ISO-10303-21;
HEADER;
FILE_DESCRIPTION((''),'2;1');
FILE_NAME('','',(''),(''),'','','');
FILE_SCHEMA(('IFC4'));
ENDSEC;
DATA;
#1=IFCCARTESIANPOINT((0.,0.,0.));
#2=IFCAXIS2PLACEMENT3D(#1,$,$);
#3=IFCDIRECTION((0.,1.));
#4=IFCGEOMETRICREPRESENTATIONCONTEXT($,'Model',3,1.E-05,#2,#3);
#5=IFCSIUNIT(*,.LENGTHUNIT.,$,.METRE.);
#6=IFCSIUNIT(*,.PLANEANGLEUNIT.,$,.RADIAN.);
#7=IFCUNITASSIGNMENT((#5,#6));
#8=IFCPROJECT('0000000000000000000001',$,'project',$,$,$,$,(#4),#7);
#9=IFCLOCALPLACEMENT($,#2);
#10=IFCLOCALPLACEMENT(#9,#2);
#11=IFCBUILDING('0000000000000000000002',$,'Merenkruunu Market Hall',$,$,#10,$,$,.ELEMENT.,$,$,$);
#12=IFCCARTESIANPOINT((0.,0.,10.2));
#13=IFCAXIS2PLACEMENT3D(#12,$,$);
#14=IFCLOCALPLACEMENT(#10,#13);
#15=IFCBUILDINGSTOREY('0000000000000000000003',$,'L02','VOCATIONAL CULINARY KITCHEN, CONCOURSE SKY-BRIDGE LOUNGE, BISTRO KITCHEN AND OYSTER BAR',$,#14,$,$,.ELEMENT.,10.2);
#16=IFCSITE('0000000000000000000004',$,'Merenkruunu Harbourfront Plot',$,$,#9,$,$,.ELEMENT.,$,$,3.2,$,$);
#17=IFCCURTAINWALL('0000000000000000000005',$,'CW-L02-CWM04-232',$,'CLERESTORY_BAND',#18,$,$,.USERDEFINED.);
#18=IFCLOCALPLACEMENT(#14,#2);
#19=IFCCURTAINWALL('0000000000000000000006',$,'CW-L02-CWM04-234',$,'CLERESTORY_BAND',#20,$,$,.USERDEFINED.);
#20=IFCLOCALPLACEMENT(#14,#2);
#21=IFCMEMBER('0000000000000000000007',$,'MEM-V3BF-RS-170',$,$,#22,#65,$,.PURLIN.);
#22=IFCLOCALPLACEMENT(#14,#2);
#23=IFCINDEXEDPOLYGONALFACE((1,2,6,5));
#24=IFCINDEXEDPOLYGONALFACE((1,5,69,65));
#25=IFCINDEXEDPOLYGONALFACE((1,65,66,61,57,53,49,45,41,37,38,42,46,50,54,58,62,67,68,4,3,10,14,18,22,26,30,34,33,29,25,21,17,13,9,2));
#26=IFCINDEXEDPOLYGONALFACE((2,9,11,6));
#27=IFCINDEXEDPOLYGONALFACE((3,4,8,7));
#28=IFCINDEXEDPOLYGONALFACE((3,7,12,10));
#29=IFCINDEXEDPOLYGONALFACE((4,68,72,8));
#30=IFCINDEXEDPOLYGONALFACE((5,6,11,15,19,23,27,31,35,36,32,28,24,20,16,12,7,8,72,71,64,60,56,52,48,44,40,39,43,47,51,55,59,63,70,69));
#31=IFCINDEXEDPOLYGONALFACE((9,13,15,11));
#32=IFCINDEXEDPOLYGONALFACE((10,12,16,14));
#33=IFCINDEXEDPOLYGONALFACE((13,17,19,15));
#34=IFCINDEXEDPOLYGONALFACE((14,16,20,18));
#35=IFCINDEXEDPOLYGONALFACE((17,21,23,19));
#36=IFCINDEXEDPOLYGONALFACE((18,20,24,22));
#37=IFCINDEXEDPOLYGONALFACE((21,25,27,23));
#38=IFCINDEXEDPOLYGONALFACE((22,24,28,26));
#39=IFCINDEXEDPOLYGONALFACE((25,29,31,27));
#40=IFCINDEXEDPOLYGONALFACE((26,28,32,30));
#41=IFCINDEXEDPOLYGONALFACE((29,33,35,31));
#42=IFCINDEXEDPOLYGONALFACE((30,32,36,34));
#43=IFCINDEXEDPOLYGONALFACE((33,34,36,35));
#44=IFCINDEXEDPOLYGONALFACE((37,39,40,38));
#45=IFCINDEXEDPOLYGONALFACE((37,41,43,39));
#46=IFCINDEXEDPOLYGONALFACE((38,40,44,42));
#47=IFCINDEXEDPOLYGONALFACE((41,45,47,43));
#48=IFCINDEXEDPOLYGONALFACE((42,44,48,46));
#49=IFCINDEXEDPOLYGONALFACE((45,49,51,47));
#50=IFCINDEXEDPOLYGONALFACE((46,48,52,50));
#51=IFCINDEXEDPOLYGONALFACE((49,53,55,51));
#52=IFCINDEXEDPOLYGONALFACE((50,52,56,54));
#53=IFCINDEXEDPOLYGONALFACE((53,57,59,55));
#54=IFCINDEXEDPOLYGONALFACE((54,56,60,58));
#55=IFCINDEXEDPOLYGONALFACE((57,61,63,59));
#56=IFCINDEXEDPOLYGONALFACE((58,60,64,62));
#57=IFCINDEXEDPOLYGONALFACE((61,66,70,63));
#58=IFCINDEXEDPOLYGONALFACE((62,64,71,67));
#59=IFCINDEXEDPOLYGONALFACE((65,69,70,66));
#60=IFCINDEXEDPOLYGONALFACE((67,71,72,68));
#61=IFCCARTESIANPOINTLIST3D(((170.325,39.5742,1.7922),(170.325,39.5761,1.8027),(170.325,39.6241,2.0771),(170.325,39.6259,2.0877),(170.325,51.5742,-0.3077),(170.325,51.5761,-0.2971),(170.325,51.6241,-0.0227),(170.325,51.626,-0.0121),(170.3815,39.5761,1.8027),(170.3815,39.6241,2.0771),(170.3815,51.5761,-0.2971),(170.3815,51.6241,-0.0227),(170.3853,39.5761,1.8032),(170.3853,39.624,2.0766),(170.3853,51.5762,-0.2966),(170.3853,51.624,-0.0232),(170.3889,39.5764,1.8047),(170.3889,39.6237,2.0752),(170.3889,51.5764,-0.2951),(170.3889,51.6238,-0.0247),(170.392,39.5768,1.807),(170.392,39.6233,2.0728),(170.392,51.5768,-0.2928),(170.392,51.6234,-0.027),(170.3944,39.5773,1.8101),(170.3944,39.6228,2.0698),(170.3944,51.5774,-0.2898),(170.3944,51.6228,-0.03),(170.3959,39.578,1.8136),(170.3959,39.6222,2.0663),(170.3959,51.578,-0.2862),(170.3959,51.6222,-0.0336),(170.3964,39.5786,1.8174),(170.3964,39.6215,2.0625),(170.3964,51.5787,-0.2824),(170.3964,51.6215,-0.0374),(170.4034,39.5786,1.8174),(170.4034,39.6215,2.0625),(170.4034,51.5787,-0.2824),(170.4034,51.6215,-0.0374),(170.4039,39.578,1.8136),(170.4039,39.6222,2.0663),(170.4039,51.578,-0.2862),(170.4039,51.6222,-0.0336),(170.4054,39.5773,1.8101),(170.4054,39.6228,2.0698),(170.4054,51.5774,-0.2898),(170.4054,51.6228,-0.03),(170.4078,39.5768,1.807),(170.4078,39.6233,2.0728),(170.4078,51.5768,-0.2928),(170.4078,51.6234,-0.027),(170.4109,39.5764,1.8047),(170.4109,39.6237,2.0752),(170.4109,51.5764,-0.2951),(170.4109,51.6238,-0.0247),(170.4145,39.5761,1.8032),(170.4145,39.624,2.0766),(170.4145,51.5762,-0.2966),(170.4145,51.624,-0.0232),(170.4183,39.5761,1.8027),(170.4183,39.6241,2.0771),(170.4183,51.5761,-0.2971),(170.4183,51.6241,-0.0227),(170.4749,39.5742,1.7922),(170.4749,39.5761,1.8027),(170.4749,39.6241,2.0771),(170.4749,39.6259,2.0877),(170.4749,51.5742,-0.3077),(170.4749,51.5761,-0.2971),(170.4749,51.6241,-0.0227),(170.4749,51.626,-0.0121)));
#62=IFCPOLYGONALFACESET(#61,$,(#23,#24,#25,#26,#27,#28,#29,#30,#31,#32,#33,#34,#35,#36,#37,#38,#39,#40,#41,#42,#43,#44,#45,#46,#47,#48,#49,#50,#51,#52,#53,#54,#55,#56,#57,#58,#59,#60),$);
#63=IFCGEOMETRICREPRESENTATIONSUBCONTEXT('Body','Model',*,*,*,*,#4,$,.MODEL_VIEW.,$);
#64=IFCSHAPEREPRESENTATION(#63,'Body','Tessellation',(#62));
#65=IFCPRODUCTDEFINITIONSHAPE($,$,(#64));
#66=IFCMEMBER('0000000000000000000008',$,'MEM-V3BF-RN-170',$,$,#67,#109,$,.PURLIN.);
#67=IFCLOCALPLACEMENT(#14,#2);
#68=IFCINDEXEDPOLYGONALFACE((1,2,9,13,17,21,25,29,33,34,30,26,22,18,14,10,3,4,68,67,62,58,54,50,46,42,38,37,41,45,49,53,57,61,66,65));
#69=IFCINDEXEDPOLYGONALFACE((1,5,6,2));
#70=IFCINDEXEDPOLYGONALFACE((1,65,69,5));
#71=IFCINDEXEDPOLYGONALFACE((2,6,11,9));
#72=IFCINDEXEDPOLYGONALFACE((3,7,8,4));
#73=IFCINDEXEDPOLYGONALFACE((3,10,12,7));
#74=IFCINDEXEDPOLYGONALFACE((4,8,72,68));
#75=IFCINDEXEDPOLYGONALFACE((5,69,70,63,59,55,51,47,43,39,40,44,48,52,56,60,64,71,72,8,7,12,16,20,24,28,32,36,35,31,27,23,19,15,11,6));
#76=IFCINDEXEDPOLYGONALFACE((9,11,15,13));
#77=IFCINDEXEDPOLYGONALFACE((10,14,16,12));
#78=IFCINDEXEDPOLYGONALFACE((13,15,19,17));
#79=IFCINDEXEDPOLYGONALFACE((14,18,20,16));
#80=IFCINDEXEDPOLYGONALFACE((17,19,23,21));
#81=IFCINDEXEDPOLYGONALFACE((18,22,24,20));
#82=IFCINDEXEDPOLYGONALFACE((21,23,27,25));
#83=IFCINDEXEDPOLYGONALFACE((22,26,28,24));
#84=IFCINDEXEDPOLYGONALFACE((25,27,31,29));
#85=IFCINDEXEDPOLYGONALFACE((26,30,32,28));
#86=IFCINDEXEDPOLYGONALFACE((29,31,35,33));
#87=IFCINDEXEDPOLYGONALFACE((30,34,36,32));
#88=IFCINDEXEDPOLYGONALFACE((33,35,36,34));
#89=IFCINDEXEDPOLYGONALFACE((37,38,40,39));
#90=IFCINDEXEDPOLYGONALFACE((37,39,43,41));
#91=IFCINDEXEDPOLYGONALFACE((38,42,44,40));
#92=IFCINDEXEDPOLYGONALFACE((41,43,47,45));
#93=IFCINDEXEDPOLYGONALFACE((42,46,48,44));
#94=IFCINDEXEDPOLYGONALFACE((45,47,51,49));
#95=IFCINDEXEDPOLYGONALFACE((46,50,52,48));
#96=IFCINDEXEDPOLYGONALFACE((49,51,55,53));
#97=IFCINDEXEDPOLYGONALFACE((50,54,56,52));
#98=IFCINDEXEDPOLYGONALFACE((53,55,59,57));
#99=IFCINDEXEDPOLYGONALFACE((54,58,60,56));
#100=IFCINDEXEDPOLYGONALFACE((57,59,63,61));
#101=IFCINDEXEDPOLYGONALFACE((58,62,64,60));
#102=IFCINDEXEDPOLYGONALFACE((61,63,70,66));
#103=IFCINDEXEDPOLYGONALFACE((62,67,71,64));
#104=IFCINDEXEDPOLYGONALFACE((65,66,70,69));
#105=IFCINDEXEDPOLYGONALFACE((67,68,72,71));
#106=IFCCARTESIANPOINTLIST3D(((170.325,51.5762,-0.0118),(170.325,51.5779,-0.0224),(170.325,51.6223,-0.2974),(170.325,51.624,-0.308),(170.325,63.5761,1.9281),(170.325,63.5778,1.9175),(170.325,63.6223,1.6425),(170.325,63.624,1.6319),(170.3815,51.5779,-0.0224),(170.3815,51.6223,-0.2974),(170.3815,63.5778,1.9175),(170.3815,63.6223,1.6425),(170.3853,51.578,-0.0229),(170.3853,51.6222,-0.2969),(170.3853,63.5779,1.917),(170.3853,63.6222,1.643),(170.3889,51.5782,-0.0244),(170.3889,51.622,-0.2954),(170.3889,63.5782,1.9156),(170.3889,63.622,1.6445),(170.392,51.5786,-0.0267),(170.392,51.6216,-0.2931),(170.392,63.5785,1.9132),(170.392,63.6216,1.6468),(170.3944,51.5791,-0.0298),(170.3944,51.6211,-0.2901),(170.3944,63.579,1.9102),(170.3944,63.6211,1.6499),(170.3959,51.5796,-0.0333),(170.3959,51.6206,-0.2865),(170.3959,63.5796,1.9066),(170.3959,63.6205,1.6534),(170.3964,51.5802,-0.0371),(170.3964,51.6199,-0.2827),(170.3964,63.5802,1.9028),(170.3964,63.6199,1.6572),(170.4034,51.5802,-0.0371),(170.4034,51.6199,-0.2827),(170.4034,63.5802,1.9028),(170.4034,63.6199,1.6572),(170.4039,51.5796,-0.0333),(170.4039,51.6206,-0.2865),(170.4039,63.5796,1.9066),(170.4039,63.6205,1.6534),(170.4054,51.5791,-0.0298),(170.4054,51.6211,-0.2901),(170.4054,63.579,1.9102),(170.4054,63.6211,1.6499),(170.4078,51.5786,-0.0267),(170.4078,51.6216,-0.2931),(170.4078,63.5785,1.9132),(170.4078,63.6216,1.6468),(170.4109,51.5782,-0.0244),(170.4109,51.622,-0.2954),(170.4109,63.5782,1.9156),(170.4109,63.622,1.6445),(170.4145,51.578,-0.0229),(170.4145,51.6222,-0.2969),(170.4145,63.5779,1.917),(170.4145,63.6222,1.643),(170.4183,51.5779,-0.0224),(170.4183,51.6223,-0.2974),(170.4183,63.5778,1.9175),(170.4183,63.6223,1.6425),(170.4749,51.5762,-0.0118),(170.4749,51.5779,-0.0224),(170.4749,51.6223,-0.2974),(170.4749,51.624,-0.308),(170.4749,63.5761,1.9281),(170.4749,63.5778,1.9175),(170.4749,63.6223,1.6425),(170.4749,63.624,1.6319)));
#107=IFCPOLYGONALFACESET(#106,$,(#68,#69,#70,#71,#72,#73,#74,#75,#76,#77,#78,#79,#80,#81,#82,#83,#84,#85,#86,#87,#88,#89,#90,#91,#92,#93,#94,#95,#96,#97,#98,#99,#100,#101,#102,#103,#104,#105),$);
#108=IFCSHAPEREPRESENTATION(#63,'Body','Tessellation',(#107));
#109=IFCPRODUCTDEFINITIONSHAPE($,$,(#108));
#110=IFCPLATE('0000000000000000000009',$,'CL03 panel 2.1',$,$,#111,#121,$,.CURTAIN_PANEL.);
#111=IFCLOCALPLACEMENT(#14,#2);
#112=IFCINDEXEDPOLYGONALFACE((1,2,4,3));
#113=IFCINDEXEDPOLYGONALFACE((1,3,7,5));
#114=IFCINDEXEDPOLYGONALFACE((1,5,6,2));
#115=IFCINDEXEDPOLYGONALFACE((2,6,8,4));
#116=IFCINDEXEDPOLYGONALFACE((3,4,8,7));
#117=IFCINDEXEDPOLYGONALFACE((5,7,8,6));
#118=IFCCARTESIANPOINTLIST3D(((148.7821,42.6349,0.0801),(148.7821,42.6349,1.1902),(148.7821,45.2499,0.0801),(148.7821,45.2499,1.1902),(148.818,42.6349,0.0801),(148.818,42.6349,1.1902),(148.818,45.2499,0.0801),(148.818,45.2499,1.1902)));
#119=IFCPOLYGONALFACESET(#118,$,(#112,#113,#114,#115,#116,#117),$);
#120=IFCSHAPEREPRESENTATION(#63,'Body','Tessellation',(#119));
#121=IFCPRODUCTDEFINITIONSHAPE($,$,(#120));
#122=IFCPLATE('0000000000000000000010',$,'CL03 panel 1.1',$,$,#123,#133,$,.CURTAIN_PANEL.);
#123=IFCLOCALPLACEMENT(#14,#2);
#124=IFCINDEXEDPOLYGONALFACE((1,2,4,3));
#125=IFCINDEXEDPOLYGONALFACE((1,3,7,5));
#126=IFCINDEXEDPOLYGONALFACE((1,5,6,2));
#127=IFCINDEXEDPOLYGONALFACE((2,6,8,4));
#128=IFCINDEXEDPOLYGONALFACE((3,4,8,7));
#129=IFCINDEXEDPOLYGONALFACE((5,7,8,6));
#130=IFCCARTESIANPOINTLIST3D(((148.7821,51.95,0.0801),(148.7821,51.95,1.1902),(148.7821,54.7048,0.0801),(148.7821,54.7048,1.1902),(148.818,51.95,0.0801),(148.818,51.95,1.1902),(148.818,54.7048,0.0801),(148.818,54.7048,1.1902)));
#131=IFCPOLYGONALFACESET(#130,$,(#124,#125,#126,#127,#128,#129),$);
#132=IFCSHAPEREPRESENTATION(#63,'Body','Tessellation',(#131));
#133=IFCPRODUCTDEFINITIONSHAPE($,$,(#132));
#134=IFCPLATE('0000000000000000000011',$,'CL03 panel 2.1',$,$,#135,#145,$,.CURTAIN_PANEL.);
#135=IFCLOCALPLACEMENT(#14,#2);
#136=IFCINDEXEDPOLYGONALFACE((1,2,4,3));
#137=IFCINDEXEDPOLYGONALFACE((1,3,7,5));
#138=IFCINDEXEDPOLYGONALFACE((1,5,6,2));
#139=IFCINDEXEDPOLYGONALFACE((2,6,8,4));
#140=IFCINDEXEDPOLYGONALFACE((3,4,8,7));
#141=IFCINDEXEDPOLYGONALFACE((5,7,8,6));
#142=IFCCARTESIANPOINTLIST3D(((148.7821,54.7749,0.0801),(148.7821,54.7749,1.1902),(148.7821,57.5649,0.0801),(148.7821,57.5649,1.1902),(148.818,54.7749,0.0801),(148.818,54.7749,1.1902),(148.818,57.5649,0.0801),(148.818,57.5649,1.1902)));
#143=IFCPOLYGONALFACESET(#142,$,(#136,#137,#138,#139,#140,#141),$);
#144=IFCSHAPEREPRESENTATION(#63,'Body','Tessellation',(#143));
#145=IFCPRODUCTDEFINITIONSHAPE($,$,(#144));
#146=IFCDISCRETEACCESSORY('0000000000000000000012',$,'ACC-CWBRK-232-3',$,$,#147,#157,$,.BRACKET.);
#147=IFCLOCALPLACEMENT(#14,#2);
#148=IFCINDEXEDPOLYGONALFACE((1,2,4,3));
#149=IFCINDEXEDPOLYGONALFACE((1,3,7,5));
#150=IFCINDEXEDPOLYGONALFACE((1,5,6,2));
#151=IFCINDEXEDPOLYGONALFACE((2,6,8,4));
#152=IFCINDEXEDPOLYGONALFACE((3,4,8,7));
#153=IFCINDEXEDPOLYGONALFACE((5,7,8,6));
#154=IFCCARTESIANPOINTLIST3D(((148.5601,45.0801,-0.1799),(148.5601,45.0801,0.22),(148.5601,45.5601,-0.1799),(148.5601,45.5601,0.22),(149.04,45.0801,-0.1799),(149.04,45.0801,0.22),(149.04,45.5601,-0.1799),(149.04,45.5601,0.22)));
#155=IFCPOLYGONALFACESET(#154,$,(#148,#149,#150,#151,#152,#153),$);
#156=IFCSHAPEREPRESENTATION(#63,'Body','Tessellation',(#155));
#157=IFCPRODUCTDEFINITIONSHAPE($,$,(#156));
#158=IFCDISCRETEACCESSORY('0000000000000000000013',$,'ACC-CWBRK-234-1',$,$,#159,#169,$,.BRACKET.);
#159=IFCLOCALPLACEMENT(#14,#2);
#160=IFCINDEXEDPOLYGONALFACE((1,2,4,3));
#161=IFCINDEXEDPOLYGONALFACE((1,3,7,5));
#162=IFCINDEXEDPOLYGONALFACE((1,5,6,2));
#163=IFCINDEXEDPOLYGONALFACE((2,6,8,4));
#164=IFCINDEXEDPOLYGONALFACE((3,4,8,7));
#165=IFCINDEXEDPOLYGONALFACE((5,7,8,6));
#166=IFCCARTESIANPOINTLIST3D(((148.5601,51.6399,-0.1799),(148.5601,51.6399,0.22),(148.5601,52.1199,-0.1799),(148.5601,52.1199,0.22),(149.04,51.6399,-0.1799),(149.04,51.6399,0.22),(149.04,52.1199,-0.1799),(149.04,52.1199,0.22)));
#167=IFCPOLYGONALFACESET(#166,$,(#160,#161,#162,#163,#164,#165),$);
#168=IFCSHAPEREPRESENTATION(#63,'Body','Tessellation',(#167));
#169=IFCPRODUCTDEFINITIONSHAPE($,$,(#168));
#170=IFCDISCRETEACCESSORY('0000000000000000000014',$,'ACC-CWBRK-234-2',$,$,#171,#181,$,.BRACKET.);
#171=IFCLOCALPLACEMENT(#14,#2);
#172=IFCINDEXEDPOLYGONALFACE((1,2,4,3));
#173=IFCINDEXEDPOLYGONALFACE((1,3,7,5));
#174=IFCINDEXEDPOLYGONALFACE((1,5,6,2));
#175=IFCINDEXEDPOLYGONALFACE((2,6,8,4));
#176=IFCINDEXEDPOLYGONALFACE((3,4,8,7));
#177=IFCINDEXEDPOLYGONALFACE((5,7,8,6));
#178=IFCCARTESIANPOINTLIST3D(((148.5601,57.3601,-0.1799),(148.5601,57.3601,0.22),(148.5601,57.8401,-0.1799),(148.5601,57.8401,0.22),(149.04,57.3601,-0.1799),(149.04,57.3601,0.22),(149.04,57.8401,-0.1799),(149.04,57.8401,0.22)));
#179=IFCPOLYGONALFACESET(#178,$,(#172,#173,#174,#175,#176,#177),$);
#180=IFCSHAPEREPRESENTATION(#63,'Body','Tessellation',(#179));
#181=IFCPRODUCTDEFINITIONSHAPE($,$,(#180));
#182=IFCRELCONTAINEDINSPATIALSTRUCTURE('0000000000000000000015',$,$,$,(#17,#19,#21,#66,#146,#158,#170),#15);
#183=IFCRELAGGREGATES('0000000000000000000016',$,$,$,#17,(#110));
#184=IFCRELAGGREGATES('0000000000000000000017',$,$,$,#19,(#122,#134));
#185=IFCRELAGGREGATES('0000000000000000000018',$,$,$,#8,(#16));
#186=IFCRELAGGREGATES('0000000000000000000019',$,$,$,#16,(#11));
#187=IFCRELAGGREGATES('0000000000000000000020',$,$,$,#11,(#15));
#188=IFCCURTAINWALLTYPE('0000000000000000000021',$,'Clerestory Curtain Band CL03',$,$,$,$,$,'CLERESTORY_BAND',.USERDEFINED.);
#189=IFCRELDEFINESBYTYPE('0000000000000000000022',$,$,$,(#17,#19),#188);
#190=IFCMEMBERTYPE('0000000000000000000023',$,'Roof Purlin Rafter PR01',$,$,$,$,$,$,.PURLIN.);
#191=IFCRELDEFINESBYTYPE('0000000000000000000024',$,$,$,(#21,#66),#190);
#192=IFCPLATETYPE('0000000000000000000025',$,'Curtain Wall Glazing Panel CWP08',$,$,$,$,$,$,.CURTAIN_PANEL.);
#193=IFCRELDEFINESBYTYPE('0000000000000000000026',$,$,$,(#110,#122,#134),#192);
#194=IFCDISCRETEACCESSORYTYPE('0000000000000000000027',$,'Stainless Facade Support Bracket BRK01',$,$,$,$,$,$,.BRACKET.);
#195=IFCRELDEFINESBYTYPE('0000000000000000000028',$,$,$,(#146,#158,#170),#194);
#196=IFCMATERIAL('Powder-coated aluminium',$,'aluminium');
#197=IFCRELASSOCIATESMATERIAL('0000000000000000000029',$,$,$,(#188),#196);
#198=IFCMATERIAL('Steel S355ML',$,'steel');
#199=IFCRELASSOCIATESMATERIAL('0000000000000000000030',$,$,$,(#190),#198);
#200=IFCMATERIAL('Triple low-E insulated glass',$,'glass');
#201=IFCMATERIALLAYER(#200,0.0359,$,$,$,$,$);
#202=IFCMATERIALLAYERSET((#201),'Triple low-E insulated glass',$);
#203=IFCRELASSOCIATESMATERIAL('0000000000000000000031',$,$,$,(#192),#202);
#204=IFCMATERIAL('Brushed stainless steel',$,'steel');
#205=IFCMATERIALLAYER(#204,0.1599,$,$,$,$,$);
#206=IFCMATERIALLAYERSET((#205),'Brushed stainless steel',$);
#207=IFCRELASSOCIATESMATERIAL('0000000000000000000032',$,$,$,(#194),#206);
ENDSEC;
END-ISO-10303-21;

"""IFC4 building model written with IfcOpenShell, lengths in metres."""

from ifc_helpers import new_model, si_unit, direction, frame, origin, origin_2d, place, context, subcontext, project, spatial, rectangle, i_section, extrude, material, layer, layer_set, material_profile, profile_set, type_object, element, aggregate, save


model = new_model("IFC4")

# Units and contexts
model_context = context("Model", 3, precision=1e-05, world=origin(), true_north=direction((0.0, 1.0)))
body_context = subcontext(model_context, "Body", "Model", "MODEL_VIEW")
ifc_project = project(units=[si_unit("LENGTHUNIT", "METRE"), si_unit("PLANEANGLEUNIT", "RADIAN")], contexts=[model_context])

# Site, building, storey
site_placement = place(None, origin())
site = spatial("IfcSite", under=ifc_project, at=site_placement, Name="Merenkruunu Harbourfront Plot", CompositionType="ELEMENT", RefElevation=3.2)
building_placement = place(site_placement, origin())
building = spatial("IfcBuilding", under=site, at=building_placement, Name="Merenkruunu Market Hall", CompositionType="ELEMENT")
storey_placement = place(building_placement, frame((0.0, 0.0, 10.2)))
storey = spatial("IfcBuildingStorey", under=building, at=storey_placement, Name="L02", Description="VOCATIONAL CULINARY KITCHEN, CONCOURSE SKY-BRIDGE LOUNGE, BISTRO KITCHEN AND OYSTER BAR", CompositionType="ELEMENT", Elevation=10.2)

# Curtain wall
ifc_material_1 = material(Name="Powder-coated aluminium", Category="aluminium")
curtain_wall_type = type_object("IfcCurtainWallType", Name="Clerestory Curtain Band CL03", ElementType="CLERESTORY_BAND", PredefinedType="USERDEFINED", material=ifc_material_1)
curtain_wall_1_placement = place(storey_placement, origin())
curtain_wall_1 = element("IfcCurtainWall", 1, at=curtain_wall_1_placement, inside=storey, type_object=curtain_wall_type, Name="CW-L02-CWM04-232", ObjectType="CLERESTORY_BAND", PredefinedType="USERDEFINED")

# Curtain wall
curtain_wall_2_placement = place(storey_placement, origin())
curtain_wall_2 = element("IfcCurtainWall", 2, at=curtain_wall_2_placement, inside=storey, type_object=curtain_wall_type, Name="CW-L02-CWM04-234", ObjectType="CLERESTORY_BAND", PredefinedType="USERDEFINED")

# Members
ifc_material_2 = material(Name="Steel S355ML", Category="steel")
ifc_material_profile_1 = material_profile(ifc_material_2, i_section(OverallWidth=0.1499, OverallDepth=0.3, WebThickness=0.0071, FlangeThickness=0.0107, FilletRadius=0.0149, at=origin_2d()), Name="IPE 300")
ifc_profile_set_1 = profile_set([ifc_material_profile_1], Name="Steel S355ML")
member_type_1 = type_object("IfcMemberType", Name="Roof Purlin Rafter PR01", PredefinedType="PURLIN", material=ifc_profile_set_1)
member_1_placement = place(storey_placement, frame((170.3999, 51.6001, -0.1599), z_axis=(0.0, -0.985033, 0.172369), x_axis=(1.0, 0.0, 0.0)))
element("IfcMember", 3, at=member_1_placement, inside=storey, type_object=member_type_1, Name="MEM-V3BF-RS-170", PredefinedType="PURLIN", context=body_context, shape_type="SweptSolid", body=[
    extrude(i_section(OverallWidth=0.1499, OverallDepth=0.3, WebThickness=0.0071, FlangeThickness=0.0107, FilletRadius=0.0149, at=origin_2d()), origin(), (0.0, 0.0, 1.0), 12.1824),
])
member_2_placement = place(storey_placement, frame((170.3999, 51.6001, -0.1599), z_axis=(0.0, 0.987183, 0.15959), x_axis=(-1.0, 0.0, 0.0)))
element("IfcMember", 4, at=member_2_placement, inside=storey, type_object=member_type_1, Name="MEM-V3BF-RN-170", PredefinedType="PURLIN", context=body_context, shape_type="SweptSolid", body=[
    extrude(i_section(OverallWidth=0.1499, OverallDepth=0.3, WebThickness=0.0071, FlangeThickness=0.0107, FilletRadius=0.0149, at=origin_2d()), origin(), (0.0, 0.0, 1.0), 12.1558),
])

# Plates
ifc_material_3 = material(Name="Triple low-E insulated glass", Category="glass")
ifc_layer_1 = layer(ifc_material_3, 0.0359)
ifc_layer_set_1 = layer_set([ifc_layer_1], Name="Triple low-E insulated glass")
plate_type = type_object("IfcPlateType", Name="Curtain Wall Glazing Panel CWP08", PredefinedType="CURTAIN_PANEL", material=ifc_layer_set_1)
plate_1_placement = place(storey_placement, frame((148.8, 43.9424, 0.0801), z_axis=(0.0, 0.0, 1.0), x_axis=(0.0, 1.0, 0.0)))
plate_1 = element("IfcPlate", 5, at=plate_1_placement, type_object=plate_type, Name="CL03 panel 2.1", PredefinedType="CURTAIN_PANEL", context=body_context, shape_type="SweptSolid", body=[
    extrude(rectangle(XDim=2.615, YDim=0.0359, at=origin_2d()), origin(), (0.0, 0.0, 1.0), 1.1101),
])
aggregate(curtain_wall_1, [plate_1])
plate_2_placement = place(storey_placement, frame((148.8, 53.3274, 0.0801), z_axis=(0.0, 0.0, 1.0), x_axis=(0.0, 1.0, 0.0)))
plate_2 = element("IfcPlate", 6, at=plate_2_placement, type_object=plate_type, Name="CL03 panel 1.1", PredefinedType="CURTAIN_PANEL", context=body_context, shape_type="SweptSolid", body=[
    extrude(rectangle(XDim=2.7549, YDim=0.0359, at=origin_2d()), origin(), (0.0, 0.0, 1.0), 1.1101),
])
plate_3_placement = place(storey_placement, frame((148.8, 56.1699, 0.0801), z_axis=(0.0, 0.0, 1.0), x_axis=(0.0, 1.0, 0.0)))
plate_3 = element("IfcPlate", 7, at=plate_3_placement, type_object=plate_type, Name="CL03 panel 2.1", PredefinedType="CURTAIN_PANEL", context=body_context, shape_type="SweptSolid", body=[
    extrude(rectangle(XDim=2.79, YDim=0.0359, at=origin_2d()), origin(), (0.0, 0.0, 1.0), 1.1101),
])
aggregate(curtain_wall_2, [plate_2, plate_3])

# Discrete accessories
ifc_material_4 = material(Name="Brushed stainless steel", Category="steel")
ifc_layer_2 = layer(ifc_material_4, 0.1599)
ifc_layer_set_2 = layer_set([ifc_layer_2], Name="Brushed stainless steel")
discrete_accessory_type = type_object("IfcDiscreteAccessoryType", Name="Stainless Facade Support Bracket BRK01", PredefinedType="BRACKET", material=ifc_layer_set_2)
for number, where, z_axis, x_axis, name in (
    (8, (148.8, 45.3201, -0.1799), (0.0, 0.0, 1.0), (1.0, 0.0, 0.0), "ACC-CWBRK-232-3"),
    (9, (148.8, 51.8799, -0.1799), (0.0, 0.0, 1.0), (1.0, 0.0, 0.0), "ACC-CWBRK-234-1"),
    (10, (148.8, 57.6001, -0.1799), (0.0, 0.0, 1.0), (1.0, 0.0, 0.0), "ACC-CWBRK-234-2"),
):
    element("IfcDiscreteAccessory", number, at=place(storey_placement, frame(where, z_axis=z_axis, x_axis=x_axis)), inside=storey, type_object=discrete_accessory_type, Name=name, PredefinedType="BRACKET", context=body_context, shape_type="SweptSolid", body=[
        extrude(rectangle(XDim=0.48, YDim=0.48, at=origin_2d()), origin(), (0.0, 0.0, 1.0), 0.3999),
    ])

save(model, "model.ifc")
